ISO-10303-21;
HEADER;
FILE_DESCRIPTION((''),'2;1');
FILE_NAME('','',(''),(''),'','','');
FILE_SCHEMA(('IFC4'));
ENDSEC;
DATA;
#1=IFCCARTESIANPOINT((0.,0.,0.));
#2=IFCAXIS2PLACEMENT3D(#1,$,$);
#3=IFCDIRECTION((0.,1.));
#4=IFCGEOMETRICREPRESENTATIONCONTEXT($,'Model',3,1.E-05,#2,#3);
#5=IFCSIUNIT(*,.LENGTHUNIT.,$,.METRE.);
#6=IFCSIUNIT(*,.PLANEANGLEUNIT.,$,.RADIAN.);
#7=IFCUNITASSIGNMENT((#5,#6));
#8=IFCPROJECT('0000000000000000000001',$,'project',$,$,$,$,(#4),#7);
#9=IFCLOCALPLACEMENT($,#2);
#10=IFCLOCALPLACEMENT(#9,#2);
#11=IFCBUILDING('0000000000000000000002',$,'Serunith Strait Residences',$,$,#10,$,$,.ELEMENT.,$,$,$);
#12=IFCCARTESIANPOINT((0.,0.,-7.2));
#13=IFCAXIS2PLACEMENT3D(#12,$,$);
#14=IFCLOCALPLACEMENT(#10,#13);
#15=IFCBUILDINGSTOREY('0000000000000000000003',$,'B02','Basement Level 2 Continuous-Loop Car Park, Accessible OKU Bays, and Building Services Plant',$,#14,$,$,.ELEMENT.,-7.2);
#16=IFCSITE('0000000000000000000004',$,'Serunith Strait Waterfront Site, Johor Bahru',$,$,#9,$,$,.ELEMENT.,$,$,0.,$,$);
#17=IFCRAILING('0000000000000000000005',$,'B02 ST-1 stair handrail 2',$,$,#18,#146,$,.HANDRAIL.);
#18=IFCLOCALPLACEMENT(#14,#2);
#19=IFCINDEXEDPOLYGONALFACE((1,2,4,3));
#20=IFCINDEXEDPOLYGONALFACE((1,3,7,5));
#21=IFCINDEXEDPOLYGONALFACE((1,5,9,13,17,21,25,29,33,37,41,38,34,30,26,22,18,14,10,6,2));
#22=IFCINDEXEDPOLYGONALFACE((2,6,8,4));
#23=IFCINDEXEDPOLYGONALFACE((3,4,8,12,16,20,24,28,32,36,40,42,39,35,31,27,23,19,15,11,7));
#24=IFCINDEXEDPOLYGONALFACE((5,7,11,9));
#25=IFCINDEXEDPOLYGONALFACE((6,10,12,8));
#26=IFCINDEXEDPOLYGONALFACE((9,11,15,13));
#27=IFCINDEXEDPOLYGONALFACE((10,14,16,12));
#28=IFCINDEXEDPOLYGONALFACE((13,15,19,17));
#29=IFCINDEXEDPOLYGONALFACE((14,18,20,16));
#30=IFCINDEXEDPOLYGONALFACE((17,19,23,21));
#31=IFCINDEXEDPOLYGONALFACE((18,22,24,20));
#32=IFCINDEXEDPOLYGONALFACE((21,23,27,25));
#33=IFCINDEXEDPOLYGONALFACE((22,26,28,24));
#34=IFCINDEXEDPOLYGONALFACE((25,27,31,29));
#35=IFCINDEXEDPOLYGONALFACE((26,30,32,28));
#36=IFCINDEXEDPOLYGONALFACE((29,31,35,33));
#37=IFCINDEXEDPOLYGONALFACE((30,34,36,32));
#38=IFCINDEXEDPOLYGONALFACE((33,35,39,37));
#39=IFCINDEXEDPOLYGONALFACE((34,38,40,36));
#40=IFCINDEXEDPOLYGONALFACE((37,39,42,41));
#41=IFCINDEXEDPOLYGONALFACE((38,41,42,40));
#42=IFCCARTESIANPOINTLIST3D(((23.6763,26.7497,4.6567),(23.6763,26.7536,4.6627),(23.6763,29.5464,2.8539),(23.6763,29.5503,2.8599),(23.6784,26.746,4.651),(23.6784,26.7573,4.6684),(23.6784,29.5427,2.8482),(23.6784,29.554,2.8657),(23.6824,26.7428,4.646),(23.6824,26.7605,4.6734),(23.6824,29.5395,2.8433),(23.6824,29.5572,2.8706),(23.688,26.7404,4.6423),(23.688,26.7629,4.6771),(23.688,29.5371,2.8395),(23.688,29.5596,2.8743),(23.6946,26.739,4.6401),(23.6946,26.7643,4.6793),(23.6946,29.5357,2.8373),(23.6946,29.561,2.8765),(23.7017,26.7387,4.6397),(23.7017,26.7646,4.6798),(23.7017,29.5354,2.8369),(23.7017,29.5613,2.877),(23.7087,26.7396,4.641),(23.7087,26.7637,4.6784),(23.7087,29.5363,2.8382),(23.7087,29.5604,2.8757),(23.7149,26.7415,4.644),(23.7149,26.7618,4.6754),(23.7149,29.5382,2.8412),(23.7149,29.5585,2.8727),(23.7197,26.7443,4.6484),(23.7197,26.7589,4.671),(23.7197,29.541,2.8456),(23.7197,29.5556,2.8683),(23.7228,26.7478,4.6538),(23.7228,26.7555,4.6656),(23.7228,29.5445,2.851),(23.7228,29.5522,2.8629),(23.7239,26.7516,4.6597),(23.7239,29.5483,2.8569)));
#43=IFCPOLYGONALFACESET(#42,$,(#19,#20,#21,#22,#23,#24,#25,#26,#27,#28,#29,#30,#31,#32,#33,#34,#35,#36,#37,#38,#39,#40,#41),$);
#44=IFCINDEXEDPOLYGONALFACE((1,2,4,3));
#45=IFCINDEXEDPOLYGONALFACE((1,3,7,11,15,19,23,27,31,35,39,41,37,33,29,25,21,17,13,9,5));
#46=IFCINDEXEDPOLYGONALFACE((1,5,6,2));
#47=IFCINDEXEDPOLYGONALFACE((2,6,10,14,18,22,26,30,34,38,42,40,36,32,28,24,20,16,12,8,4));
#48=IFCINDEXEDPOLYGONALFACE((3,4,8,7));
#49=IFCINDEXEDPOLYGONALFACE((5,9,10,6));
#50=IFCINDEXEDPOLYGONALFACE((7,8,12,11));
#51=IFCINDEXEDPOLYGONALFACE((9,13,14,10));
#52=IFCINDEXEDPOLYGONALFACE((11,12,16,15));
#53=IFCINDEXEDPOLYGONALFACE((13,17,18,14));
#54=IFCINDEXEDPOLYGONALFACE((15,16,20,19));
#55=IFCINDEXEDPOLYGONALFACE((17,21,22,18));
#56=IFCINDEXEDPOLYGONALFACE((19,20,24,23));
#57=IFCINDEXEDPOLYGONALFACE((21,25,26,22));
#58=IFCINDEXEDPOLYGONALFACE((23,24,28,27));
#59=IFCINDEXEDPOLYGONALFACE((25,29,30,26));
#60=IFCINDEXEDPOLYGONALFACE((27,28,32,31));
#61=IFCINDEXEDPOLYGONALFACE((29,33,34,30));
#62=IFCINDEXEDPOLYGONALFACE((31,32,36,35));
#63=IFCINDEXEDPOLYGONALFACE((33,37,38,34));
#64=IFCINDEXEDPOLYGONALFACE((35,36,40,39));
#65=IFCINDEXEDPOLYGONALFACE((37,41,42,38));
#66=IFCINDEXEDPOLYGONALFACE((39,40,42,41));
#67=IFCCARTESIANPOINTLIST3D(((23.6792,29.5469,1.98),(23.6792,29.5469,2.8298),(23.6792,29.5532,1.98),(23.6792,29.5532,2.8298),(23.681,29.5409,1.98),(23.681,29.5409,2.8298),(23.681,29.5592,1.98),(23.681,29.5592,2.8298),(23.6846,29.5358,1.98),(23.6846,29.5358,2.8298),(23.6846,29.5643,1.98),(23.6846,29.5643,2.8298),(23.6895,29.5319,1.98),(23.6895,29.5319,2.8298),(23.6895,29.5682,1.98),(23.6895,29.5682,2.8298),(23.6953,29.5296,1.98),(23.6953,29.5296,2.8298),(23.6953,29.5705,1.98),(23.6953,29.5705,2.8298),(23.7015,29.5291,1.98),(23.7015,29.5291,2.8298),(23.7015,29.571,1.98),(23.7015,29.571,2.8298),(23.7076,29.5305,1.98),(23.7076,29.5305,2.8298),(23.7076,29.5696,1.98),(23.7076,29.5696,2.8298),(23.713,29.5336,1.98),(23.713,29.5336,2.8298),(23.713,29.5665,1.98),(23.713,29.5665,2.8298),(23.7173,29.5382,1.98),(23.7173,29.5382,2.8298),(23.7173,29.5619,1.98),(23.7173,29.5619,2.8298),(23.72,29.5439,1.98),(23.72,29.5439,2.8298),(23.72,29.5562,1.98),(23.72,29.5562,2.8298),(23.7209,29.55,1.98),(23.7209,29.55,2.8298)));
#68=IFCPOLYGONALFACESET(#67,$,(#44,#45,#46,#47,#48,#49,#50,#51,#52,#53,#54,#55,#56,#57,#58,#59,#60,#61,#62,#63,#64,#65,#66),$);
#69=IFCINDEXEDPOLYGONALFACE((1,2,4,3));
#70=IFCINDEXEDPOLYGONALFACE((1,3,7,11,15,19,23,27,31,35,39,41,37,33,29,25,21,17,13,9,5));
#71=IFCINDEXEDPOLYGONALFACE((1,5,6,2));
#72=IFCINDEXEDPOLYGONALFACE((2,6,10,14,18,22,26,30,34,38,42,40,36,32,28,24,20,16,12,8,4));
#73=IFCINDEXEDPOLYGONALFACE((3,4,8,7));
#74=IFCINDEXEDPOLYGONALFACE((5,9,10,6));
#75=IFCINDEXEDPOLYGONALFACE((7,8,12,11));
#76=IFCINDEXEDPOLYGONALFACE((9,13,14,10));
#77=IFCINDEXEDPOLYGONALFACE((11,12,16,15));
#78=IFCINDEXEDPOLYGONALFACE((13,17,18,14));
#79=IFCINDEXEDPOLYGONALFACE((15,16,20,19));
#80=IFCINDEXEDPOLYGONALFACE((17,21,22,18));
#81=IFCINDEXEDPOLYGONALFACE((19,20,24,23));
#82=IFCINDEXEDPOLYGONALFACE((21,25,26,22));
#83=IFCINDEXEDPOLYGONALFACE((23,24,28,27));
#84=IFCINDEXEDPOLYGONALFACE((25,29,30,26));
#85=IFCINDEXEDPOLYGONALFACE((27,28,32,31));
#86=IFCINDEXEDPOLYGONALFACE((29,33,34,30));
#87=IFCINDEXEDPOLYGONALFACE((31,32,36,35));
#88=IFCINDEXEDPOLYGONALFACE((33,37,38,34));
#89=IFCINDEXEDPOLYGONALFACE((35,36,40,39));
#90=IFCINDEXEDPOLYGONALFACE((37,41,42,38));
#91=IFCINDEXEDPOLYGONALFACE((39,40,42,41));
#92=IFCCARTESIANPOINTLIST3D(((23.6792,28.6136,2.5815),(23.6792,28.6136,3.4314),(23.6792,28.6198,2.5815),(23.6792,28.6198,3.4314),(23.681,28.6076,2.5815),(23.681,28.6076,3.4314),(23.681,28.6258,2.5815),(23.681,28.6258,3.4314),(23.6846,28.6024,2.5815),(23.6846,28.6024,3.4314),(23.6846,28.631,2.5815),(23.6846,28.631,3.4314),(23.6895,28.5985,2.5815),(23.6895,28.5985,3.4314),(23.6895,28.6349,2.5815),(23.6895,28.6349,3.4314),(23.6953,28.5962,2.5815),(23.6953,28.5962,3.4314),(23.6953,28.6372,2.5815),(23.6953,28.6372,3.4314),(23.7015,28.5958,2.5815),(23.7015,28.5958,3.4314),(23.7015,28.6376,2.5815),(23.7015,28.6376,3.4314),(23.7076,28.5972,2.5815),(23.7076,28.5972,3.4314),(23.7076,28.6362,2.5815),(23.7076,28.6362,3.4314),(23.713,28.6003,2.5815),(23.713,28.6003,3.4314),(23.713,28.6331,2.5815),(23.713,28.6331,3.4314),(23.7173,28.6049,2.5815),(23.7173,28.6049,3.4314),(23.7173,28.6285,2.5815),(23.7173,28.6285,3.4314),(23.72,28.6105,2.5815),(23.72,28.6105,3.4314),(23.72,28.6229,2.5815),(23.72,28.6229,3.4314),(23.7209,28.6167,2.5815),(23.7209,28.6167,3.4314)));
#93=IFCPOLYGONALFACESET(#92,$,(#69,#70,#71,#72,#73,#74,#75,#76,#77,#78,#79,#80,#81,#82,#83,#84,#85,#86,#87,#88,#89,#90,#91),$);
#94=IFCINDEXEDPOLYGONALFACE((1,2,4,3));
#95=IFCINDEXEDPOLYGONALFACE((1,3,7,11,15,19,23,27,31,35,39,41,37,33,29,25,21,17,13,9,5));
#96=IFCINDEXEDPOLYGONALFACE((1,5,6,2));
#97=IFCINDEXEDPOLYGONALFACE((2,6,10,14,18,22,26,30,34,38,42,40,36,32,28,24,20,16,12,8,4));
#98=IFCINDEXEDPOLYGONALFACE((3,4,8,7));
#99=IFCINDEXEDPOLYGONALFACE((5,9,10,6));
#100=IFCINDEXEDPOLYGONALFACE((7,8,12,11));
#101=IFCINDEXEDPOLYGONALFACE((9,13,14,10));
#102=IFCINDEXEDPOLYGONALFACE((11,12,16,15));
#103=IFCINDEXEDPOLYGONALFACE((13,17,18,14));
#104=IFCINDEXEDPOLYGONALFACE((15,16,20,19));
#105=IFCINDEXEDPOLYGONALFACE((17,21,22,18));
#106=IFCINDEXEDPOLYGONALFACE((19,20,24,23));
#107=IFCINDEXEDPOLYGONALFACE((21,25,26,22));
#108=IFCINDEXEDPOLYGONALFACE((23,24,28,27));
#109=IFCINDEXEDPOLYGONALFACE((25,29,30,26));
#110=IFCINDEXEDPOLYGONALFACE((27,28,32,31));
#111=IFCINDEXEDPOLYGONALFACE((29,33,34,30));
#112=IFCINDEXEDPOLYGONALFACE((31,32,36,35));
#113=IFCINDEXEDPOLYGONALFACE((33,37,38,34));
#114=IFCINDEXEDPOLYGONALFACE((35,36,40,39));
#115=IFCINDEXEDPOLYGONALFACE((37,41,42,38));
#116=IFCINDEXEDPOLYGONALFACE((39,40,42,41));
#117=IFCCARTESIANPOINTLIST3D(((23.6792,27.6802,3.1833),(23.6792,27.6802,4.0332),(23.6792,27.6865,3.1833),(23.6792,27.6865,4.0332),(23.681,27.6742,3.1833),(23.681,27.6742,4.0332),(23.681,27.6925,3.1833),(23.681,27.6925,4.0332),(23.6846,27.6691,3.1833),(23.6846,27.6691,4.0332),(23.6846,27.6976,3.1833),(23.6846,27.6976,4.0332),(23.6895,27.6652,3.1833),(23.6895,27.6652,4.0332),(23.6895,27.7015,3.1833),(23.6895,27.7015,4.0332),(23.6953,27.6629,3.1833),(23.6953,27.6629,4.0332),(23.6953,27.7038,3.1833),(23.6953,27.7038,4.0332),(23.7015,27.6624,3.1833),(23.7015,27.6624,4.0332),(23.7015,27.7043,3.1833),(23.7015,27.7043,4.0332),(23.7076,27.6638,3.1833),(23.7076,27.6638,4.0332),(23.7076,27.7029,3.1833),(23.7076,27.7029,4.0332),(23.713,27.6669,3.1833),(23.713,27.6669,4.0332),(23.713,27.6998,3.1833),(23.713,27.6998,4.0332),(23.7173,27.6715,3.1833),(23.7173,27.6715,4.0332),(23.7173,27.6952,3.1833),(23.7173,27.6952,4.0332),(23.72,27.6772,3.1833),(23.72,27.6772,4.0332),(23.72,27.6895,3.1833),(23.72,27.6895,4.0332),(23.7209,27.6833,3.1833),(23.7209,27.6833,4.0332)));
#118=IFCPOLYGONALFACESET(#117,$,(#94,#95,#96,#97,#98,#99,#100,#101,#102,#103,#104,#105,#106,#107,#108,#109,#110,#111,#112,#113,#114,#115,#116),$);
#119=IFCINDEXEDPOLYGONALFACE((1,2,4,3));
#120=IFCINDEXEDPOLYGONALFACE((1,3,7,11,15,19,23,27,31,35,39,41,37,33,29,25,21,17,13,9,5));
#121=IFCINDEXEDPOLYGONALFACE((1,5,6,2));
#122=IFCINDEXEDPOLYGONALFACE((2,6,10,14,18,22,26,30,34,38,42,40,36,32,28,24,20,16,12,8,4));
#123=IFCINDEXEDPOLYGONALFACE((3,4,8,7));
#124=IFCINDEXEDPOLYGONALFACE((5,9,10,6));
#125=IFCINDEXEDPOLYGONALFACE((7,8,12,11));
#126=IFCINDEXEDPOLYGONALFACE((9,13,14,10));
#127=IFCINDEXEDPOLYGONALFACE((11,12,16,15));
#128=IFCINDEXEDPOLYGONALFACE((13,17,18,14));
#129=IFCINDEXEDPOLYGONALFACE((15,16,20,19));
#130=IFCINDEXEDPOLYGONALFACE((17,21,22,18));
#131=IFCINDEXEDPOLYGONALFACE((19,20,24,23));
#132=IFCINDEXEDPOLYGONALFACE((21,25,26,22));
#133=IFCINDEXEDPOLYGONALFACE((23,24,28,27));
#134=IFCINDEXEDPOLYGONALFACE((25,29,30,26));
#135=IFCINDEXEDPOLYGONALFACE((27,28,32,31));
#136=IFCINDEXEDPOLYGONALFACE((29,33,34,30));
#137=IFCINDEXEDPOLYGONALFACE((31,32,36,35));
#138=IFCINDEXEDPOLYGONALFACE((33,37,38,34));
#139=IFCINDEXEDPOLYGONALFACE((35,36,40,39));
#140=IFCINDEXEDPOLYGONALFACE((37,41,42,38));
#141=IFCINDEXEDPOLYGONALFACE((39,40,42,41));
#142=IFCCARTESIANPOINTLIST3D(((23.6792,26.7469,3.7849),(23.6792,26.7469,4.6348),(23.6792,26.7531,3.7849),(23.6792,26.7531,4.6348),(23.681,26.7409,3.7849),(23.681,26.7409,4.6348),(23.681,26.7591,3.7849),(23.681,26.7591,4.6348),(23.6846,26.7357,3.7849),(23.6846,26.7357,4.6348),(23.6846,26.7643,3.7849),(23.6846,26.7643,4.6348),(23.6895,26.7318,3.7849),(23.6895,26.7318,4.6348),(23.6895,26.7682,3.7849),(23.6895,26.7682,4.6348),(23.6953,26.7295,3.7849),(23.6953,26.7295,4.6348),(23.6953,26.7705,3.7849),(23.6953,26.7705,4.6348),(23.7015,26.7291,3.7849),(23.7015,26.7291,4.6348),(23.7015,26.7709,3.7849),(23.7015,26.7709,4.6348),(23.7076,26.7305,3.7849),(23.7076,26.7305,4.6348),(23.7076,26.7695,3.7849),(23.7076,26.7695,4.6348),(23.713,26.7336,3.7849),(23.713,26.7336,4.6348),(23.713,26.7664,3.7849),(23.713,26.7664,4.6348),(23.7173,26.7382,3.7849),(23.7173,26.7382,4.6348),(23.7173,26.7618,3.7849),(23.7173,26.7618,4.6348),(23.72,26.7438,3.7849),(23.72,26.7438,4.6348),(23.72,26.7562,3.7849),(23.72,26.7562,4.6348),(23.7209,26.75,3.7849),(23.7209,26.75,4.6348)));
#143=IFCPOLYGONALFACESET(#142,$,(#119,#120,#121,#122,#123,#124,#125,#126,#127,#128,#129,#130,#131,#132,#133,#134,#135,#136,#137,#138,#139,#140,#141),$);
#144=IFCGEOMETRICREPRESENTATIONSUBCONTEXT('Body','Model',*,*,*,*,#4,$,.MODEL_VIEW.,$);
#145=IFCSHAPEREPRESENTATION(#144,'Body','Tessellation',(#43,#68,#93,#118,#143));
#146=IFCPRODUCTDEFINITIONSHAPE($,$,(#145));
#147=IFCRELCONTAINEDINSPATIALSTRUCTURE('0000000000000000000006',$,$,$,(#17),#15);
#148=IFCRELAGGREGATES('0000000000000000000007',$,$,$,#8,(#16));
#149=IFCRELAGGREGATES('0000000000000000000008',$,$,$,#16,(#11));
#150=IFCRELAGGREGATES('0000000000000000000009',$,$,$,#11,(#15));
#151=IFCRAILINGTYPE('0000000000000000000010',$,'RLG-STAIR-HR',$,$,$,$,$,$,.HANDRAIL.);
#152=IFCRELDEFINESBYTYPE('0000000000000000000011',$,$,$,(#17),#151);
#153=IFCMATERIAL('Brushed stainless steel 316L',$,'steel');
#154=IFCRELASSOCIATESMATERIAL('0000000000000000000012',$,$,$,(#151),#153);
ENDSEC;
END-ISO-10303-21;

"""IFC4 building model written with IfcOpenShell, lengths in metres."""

from ifc_helpers import new_model, si_unit, direction, frame, origin, origin_2d, place, context, subcontext, project, spatial, circle, extrude, material, type_object, element, save


model = new_model("IFC4")

# Units and contexts
model_context = context("Model", 3, precision=1e-05, world=origin(), true_north=direction((0.0, 1.0)))
body_context = subcontext(model_context, "Body", "Model", "MODEL_VIEW")
ifc_project = project(units=[si_unit("LENGTHUNIT", "METRE"), si_unit("PLANEANGLEUNIT", "RADIAN")], contexts=[model_context])

# Site, building, storey
site_placement = place(None, origin())
site = spatial("IfcSite", under=ifc_project, at=site_placement, Name="Serunith Strait Waterfront Site, Johor Bahru", CompositionType="ELEMENT", RefElevation=0.0)
building_placement = place(site_placement, origin())
building = spatial("IfcBuilding", under=site, at=building_placement, Name="Serunith Strait Residences", CompositionType="ELEMENT")
storey_placement = place(building_placement, frame((0.0, 0.0, -7.2)))
storey = spatial("IfcBuildingStorey", under=building, at=storey_placement, Name="B02", Description="Basement Level 2 Continuous-Loop Car Park, Accessible OKU Bays, and Building Services Plant", CompositionType="ELEMENT", Elevation=-7.2)

# Railing
ifc_material_1 = material(Name="Brushed stainless steel 316L", Category="steel")
railing_type_1 = type_object("IfcRailingType", Name="RLG-STAIR-HR", PredefinedType="HANDRAIL", material=ifc_material_1)
railing_1_placement = place(storey_placement, frame((23.7, 29.55, 1.98)))
element("IfcRailing", 1, at=railing_1_placement, inside=storey, type_object=railing_type_1, Name="B02 ST-1 stair handrail 2", PredefinedType="HANDRAIL", context=body_context, shape_type="SweptSolid", body=[
    extrude(circle(Radius=0.0239, at=origin_2d()), frame((0.0, -0.0017, 0.877), z_axis=(0.0, -0.840509, 0.541798), x_axis=(1.0, 0.0, 0.0)), (0.0, 0.0, 1.0), 3.3274),
    extrude(circle(Radius=0.021, at=origin_2d()), origin(), (0.0, 0.0, 1.0), 0.8499),
    extrude(circle(Radius=0.021, at=origin_2d()), frame((0.0, -0.9333, 0.6016)), (0.0, 0.0, 1.0), 0.8499),
    extrude(circle(Radius=0.021, at=origin_2d()), frame((0.0, -1.8667, 1.2034)), (0.0, 0.0, 1.0), 0.8499),
    extrude(circle(Radius=0.021, at=origin_2d()), frame((0.0, -2.8, 1.8049)), (0.0, 0.0, 1.0), 0.8499),
])

save(model, "model.ifc")
